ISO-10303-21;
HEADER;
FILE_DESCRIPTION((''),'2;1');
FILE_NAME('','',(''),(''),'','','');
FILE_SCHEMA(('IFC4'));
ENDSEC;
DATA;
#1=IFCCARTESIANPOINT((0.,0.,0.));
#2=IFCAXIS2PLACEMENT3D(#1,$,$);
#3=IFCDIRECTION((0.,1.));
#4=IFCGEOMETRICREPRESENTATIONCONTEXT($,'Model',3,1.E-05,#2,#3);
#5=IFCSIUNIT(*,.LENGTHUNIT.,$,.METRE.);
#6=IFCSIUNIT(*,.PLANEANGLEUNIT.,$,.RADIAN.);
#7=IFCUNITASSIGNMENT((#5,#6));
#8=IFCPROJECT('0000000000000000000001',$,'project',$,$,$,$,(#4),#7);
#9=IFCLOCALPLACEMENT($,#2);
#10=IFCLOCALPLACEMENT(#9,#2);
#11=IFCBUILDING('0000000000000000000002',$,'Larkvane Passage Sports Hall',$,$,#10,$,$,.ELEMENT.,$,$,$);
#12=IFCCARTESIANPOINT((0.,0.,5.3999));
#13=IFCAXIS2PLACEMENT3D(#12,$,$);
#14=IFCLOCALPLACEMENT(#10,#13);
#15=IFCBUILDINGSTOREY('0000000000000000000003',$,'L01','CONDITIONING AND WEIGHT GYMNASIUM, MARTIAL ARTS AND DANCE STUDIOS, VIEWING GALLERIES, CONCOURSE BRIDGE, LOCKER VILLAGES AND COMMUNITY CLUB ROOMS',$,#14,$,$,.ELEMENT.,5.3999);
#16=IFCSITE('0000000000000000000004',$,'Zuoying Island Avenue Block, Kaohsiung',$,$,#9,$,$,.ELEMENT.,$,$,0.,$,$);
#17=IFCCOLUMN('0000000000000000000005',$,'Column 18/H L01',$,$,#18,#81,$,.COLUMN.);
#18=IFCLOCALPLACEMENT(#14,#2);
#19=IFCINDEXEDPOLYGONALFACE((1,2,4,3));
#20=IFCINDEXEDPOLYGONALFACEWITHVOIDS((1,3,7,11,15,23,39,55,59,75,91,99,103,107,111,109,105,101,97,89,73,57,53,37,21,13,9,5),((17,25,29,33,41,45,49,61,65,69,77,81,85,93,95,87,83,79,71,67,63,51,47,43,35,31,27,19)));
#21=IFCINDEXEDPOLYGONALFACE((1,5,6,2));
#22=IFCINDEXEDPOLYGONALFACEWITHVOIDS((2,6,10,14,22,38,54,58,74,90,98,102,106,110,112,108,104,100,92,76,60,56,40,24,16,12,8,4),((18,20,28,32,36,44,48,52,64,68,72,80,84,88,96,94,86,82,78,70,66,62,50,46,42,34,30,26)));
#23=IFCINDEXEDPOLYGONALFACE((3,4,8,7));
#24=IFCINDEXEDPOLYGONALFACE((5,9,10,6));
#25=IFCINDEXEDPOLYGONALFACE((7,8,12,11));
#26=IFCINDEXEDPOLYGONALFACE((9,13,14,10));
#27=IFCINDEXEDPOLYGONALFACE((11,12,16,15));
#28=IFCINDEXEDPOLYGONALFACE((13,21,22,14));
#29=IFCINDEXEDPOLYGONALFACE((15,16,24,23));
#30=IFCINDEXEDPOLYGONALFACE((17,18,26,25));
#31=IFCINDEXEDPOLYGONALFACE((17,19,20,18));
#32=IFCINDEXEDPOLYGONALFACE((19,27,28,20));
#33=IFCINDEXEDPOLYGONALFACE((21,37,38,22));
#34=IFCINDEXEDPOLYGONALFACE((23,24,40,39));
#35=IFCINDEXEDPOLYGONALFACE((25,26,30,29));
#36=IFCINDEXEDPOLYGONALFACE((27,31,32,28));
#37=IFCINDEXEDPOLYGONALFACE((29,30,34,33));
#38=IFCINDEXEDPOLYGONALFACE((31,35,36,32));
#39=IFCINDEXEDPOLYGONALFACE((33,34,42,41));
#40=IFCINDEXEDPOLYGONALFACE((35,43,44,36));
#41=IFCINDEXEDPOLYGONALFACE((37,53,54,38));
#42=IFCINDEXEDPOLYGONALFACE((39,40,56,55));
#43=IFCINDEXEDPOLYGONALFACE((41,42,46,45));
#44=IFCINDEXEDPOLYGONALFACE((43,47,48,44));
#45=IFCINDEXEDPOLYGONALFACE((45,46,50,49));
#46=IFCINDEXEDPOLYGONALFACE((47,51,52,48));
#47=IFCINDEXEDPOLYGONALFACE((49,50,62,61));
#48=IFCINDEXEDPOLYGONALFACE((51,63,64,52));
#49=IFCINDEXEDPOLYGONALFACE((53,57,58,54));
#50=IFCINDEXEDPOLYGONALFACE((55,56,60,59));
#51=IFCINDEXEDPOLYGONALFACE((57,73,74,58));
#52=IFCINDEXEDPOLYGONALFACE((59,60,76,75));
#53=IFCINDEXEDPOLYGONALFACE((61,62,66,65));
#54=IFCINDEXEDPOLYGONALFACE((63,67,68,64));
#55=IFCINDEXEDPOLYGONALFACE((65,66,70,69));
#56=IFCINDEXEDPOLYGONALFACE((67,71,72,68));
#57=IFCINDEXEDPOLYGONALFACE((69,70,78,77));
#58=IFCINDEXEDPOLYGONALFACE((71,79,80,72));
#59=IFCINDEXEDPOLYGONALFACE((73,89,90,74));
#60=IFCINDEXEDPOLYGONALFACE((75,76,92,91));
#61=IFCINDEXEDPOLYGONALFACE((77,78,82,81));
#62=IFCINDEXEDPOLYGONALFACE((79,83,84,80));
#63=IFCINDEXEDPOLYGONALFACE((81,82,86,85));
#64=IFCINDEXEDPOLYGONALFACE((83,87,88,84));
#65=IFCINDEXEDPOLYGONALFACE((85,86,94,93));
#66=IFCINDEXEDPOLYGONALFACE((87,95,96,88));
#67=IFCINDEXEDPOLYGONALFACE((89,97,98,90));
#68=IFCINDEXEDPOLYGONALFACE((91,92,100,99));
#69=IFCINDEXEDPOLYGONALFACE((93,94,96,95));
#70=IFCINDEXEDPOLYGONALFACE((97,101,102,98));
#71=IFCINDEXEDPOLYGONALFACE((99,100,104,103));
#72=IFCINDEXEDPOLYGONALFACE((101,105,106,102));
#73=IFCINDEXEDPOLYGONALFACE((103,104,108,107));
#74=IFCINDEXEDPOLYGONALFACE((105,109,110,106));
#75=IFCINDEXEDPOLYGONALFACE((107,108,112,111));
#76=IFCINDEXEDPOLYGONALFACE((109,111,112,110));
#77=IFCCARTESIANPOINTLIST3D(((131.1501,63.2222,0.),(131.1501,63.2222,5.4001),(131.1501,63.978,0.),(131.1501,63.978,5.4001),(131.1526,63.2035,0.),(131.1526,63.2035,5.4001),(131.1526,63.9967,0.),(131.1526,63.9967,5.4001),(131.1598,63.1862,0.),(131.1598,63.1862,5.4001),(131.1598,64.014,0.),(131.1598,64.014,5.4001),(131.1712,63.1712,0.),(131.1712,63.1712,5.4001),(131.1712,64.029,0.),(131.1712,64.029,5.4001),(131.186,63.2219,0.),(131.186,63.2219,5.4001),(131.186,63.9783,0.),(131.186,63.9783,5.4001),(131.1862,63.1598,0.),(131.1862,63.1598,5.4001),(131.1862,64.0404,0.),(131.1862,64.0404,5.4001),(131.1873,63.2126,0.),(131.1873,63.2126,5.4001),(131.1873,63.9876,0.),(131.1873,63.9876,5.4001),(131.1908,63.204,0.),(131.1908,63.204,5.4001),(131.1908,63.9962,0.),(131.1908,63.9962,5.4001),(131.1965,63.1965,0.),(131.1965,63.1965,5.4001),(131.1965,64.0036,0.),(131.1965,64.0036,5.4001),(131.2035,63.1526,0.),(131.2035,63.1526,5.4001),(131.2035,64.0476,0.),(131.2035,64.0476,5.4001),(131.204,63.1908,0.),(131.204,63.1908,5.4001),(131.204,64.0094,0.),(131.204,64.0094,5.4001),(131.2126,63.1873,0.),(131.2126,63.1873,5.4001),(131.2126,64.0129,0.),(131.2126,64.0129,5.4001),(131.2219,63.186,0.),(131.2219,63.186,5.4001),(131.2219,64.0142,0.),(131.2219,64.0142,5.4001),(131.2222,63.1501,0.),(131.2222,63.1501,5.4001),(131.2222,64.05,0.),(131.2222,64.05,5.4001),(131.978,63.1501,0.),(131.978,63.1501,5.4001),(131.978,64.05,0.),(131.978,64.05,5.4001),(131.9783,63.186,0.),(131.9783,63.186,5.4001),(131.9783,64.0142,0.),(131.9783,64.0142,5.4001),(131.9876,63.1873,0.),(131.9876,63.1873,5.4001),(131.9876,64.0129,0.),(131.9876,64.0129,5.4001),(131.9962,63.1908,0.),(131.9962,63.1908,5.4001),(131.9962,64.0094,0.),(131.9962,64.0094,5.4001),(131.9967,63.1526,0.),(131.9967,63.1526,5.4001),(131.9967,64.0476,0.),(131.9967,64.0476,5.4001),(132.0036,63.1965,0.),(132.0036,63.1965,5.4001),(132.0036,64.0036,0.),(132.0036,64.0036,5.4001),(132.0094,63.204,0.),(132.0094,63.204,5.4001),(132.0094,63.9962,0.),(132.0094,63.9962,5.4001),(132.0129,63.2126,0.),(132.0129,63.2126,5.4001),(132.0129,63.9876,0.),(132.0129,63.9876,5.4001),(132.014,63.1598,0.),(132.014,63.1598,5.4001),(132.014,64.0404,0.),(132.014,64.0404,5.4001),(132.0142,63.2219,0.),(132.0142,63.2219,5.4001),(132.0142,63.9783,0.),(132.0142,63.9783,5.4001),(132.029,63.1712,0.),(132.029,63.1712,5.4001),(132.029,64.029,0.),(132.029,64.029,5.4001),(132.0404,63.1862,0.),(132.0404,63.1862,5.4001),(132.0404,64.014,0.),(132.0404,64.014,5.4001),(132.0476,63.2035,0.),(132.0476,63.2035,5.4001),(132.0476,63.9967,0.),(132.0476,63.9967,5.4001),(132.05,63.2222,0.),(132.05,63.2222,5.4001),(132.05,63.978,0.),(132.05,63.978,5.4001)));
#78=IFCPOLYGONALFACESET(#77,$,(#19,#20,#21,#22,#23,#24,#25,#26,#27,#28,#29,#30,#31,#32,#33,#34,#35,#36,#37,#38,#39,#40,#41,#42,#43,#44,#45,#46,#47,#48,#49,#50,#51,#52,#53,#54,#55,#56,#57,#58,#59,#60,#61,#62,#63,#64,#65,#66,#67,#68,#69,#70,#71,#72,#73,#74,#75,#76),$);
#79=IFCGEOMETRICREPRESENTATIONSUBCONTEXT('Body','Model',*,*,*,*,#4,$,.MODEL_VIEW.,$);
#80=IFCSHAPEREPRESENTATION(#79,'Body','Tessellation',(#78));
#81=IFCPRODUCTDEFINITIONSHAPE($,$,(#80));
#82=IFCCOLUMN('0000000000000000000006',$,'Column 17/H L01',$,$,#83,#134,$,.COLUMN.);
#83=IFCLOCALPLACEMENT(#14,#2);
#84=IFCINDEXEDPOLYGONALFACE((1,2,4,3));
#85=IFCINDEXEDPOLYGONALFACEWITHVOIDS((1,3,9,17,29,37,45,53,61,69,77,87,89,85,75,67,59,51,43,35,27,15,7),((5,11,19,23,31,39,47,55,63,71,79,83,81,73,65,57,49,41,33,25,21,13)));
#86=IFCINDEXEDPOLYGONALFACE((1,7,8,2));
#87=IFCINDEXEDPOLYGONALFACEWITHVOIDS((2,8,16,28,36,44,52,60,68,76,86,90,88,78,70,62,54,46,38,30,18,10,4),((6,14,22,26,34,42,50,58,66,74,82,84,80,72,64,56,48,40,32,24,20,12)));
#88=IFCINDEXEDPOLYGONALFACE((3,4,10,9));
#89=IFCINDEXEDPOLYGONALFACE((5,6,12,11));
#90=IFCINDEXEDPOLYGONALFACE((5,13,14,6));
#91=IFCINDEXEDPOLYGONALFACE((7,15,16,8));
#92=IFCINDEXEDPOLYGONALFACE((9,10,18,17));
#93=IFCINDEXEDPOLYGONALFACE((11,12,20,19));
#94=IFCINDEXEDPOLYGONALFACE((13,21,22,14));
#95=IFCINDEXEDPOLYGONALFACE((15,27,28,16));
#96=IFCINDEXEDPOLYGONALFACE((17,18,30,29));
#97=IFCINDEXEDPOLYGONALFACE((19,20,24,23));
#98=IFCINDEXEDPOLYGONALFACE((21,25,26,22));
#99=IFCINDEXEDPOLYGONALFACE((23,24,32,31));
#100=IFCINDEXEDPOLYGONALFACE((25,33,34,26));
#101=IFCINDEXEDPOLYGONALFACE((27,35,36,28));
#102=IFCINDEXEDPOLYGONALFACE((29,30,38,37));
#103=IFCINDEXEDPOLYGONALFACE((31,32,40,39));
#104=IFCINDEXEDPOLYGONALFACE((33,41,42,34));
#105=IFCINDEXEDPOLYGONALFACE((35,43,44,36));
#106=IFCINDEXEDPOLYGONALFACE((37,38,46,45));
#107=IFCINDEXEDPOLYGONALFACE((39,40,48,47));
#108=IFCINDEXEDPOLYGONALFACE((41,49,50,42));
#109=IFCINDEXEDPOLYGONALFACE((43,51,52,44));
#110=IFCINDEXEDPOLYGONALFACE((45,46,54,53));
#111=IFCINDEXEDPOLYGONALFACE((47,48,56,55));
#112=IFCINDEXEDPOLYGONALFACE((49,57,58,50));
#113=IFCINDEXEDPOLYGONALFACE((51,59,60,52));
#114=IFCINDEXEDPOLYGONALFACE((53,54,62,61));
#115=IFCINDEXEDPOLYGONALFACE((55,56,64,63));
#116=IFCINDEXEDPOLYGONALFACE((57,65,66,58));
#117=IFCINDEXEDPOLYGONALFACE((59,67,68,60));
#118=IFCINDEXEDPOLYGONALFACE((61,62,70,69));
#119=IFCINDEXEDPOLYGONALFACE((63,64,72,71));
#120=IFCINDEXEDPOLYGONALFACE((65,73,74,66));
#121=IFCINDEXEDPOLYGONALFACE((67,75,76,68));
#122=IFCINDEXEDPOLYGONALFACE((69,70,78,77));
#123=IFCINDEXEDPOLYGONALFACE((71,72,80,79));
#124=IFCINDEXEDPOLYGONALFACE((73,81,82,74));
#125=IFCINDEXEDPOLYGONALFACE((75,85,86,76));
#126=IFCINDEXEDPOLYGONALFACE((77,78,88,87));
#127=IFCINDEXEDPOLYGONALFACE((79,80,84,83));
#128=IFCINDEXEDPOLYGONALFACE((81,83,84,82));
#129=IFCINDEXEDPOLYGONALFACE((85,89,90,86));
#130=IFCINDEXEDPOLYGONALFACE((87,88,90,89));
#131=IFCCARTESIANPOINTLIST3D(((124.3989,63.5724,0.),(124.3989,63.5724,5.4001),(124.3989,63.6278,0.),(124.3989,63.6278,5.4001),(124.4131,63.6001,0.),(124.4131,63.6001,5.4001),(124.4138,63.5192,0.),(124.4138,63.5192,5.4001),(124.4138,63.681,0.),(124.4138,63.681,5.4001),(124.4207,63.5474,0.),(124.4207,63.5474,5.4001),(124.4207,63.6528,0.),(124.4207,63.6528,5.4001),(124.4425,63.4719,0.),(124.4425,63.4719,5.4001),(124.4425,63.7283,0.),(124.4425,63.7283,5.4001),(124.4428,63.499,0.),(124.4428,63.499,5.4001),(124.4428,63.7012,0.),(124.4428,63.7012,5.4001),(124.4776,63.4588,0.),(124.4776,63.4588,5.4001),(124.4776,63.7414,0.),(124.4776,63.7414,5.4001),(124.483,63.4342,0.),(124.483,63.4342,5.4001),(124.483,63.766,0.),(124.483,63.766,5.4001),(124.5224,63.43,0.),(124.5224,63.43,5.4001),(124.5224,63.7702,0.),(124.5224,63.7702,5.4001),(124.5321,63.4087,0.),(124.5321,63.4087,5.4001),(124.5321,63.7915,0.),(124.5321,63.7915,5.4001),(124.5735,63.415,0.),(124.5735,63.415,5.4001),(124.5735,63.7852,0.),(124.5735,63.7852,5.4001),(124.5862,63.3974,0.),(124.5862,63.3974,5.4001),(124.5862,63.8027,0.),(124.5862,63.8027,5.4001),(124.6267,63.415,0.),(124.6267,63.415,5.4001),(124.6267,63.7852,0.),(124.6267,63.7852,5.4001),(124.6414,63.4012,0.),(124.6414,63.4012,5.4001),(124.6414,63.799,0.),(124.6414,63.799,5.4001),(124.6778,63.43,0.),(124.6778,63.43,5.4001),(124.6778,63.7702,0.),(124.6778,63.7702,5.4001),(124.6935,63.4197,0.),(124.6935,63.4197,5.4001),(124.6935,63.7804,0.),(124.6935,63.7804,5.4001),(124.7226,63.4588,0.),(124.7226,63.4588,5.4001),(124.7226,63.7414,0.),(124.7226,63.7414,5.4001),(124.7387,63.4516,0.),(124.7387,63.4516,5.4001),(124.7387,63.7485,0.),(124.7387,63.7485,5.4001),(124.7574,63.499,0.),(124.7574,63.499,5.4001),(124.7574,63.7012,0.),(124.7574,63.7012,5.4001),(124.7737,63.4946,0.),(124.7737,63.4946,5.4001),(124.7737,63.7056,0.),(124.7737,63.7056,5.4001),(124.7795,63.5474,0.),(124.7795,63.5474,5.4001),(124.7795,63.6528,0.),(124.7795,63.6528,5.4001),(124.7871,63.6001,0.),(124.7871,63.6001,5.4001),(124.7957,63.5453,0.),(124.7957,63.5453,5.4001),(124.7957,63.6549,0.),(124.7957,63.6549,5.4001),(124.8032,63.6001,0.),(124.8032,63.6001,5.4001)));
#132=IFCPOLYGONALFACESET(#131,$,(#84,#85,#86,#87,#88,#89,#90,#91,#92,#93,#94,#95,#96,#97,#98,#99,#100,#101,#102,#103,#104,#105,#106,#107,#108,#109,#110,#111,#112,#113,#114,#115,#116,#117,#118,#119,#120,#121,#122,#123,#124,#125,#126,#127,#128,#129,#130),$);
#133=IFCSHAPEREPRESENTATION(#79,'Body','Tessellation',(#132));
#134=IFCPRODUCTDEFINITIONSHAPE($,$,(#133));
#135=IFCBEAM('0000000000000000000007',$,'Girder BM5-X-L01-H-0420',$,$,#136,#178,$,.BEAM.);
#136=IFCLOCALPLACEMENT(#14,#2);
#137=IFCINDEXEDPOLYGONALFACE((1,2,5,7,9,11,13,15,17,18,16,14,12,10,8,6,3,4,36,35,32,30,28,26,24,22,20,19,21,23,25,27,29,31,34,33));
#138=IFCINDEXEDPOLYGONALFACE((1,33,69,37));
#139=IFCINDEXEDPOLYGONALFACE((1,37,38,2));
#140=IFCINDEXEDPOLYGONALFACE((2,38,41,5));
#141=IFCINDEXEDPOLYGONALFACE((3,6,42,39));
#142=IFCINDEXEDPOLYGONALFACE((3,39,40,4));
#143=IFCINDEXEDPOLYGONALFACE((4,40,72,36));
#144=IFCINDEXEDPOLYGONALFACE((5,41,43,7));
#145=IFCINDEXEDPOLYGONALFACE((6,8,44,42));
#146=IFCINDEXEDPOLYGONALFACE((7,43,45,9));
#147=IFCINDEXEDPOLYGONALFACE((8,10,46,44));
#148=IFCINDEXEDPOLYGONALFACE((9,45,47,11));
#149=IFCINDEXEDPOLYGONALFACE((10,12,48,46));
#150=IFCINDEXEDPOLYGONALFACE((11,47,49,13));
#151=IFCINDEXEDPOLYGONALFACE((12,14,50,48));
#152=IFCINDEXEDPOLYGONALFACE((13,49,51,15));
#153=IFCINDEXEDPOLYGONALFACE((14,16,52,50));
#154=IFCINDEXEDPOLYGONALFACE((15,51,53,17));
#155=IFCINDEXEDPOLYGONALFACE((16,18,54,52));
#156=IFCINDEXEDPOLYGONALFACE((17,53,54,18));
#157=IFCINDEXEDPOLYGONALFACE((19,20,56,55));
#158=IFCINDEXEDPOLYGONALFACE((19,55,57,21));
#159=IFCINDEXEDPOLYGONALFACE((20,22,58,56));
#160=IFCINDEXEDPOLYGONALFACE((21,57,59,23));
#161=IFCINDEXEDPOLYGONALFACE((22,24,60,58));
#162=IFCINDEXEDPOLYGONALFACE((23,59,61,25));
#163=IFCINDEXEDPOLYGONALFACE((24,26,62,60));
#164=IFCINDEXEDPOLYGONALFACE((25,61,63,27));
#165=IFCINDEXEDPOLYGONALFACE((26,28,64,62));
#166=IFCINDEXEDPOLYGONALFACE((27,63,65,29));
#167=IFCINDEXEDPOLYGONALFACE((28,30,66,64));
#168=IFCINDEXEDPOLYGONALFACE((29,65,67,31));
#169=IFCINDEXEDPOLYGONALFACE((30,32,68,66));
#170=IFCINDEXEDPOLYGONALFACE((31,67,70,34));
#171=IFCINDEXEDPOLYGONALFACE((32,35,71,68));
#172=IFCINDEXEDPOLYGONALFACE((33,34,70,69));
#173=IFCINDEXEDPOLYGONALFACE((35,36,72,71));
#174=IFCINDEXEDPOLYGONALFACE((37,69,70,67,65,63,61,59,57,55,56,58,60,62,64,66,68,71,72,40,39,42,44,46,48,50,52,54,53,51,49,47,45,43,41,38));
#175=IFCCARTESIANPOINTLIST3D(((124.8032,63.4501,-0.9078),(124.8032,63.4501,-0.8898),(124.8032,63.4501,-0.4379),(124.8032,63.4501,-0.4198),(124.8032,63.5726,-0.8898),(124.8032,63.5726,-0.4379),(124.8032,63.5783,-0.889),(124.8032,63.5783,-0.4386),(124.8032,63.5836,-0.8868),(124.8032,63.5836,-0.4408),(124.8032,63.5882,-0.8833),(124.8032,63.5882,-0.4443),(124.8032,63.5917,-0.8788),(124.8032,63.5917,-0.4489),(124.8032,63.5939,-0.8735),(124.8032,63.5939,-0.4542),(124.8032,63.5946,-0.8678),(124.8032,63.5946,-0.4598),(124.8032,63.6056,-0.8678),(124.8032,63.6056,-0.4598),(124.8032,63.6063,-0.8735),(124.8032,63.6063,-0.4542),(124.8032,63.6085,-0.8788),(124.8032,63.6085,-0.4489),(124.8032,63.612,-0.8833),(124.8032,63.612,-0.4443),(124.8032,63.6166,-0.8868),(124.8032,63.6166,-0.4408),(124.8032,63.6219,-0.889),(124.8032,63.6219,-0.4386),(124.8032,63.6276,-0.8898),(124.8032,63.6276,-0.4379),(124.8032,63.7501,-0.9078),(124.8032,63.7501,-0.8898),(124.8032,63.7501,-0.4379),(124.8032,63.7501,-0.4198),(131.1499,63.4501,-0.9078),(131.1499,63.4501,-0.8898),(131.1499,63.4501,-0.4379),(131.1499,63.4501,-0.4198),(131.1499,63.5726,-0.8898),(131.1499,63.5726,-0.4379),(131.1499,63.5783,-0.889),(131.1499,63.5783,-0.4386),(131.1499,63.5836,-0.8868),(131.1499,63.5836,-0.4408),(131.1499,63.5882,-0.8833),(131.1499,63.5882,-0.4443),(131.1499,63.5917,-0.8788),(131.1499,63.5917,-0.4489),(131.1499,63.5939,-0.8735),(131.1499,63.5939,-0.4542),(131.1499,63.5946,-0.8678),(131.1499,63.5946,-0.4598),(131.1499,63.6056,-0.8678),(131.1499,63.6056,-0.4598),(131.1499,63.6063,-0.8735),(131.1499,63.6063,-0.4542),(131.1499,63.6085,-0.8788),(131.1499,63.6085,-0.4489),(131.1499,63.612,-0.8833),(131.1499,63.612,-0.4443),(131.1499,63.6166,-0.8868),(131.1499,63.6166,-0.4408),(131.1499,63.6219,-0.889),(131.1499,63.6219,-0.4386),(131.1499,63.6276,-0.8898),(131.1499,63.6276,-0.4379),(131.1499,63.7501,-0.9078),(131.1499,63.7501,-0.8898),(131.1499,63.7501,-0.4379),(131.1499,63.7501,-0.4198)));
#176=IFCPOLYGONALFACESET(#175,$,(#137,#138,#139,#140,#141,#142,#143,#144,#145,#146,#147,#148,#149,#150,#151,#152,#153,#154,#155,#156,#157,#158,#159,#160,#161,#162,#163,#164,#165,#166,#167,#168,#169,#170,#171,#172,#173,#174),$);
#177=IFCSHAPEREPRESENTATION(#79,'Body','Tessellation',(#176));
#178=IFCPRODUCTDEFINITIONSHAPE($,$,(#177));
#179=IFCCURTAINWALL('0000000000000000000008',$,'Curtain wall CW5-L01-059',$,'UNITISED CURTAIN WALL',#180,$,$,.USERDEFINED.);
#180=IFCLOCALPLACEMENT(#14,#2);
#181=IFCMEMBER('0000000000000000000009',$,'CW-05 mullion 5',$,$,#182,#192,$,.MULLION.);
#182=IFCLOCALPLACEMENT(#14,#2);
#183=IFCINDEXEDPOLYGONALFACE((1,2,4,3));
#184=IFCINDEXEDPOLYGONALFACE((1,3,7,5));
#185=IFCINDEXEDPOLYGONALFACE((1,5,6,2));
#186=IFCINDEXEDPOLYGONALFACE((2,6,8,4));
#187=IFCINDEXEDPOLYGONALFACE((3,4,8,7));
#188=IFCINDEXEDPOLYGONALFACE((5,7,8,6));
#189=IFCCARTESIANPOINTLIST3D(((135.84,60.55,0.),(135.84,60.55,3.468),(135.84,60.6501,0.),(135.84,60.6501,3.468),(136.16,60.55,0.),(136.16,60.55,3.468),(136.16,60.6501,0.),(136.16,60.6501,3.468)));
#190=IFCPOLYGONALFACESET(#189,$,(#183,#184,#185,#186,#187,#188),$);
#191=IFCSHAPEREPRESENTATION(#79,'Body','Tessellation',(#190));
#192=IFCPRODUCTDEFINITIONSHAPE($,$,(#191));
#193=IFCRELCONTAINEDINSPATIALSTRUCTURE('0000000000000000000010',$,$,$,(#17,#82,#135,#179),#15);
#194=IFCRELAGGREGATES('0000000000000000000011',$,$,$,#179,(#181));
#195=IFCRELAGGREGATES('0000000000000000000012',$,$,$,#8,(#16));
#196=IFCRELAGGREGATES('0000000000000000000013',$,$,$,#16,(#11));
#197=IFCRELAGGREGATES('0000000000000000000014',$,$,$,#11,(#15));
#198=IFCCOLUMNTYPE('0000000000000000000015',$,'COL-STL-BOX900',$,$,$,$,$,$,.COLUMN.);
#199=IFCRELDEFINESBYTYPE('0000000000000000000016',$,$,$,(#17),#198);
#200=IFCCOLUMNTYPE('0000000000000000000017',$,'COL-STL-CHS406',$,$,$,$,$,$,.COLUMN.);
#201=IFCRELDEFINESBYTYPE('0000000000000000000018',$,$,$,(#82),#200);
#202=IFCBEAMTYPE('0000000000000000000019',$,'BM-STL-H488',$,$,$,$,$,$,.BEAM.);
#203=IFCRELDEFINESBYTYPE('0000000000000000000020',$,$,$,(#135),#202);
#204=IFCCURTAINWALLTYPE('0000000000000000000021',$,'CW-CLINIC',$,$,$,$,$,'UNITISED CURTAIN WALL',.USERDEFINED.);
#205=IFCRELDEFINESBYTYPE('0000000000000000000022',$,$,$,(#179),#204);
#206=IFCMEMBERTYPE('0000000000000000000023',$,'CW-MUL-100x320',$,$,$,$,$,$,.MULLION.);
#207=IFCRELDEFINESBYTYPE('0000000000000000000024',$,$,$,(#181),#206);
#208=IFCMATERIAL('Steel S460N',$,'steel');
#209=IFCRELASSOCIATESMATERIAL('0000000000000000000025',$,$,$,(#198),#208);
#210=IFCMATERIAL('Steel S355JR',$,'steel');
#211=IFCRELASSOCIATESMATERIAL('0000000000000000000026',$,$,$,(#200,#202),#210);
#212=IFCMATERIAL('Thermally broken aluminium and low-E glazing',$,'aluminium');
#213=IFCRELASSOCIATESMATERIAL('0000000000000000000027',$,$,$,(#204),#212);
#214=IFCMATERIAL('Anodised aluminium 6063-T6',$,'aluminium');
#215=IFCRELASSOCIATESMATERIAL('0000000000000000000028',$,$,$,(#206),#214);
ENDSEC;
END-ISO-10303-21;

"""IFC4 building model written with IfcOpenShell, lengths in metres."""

from ifc_helpers import new_model, si_unit, direction, frame, origin, origin_2d, place, context, subcontext, project, spatial, rectangle, hollow_rectangle, hollow_circle, i_section, extrude, material, material_profile, profile_set, type_object, element, aggregate, save


model = new_model("IFC4")

# Units and contexts
model_context = context("Model", 3, precision=1e-05, world=origin(), true_north=direction((0.0, 1.0)))
body_context = subcontext(model_context, "Body", "Model", "MODEL_VIEW")
ifc_project = project(units=[si_unit("LENGTHUNIT", "METRE"), si_unit("PLANEANGLEUNIT", "RADIAN")], contexts=[model_context])

# Site, building, storey
site_placement = place(None, origin())
site = spatial("IfcSite", under=ifc_project, at=site_placement, Name="Zuoying Island Avenue Block, Kaohsiung", CompositionType="ELEMENT", RefElevation=0.0)
building_placement = place(site_placement, origin())
building = spatial("IfcBuilding", under=site, at=building_placement, Name="Larkvane Passage Sports Hall", CompositionType="ELEMENT")
storey_placement = place(building_placement, frame((0.0, 0.0, 5.3999)))
storey = spatial("IfcBuildingStorey", under=building, at=storey_placement, Name="L01", Description="CONDITIONING AND WEIGHT GYMNASIUM, MARTIAL ARTS AND DANCE STUDIOS, VIEWING GALLERIES, CONCOURSE BRIDGE, LOCKER VILLAGES AND COMMUNITY CLUB ROOMS", CompositionType="ELEMENT", Elevation=5.3999)

# Columns
ifc_material_1 = material(Name="Steel S460N", Category="steel")
ifc_material_profile_1 = material_profile(ifc_material_1, hollow_rectangle(XDim=0.8999, YDim=0.8999, WallThickness=0.0359, InnerFilletRadius=0.0359, OuterFilletRadius=0.072, at=origin_2d()), Name="BOX-900x900x36")
ifc_profile_set_1 = profile_set([ifc_material_profile_1], Name="Steel S460N")
column_type_1 = type_object("IfcColumnType", Name="COL-STL-BOX900", PredefinedType="COLUMN", material=ifc_profile_set_1)
column_1_placement = place(storey_placement, frame((131.6001, 63.6001, 0.0), z_axis=(0.0, 0.0, 1.0), x_axis=(1.0, 0.0, 0.0)))
element("IfcColumn", 1, at=column_1_placement, inside=storey, type_object=column_type_1, Name="Column 18/H L01", PredefinedType="COLUMN", context=body_context, shape_type="SweptSolid", body=[
    extrude(hollow_rectangle(XDim=0.8999, YDim=0.8999, WallThickness=0.0359, InnerFilletRadius=0.0359, OuterFilletRadius=0.072, at=origin_2d()), origin(), (0.0, 0.0, 1.0), 5.4001),
])
ifc_material_2 = material(Name="Steel S355JR", Category="steel")
ifc_material_profile_2 = material_profile(ifc_material_2, hollow_circle(Radius=0.2031, WallThickness=0.0161, at=origin_2d()), Name="CHS-406.4x16.0")
ifc_profile_set_2 = profile_set([ifc_material_profile_2], Name="Steel S355JR")
column_type_2 = type_object("IfcColumnType", Name="COL-STL-CHS406", PredefinedType="COLUMN", material=ifc_profile_set_2)
column_2_placement = place(storey_placement, frame((124.6001, 63.6001, 0.0), z_axis=(0.0, 0.0, 1.0), x_axis=(1.0, 0.0, 0.0)))
element("IfcColumn", 2, at=column_2_placement, inside=storey, type_object=column_type_2, Name="Column 17/H L01", PredefinedType="COLUMN", context=body_context, shape_type="SweptSolid", body=[
    extrude(hollow_circle(Radius=0.2031, WallThickness=0.0161, at=origin_2d()), origin(), (0.0, 0.0, 1.0), 5.4001),
])

# Beam
ifc_material_profile_3 = material_profile(ifc_material_2, i_section(OverallWidth=0.3, OverallDepth=0.488, WebThickness=0.011, FlangeThickness=0.0181, FilletRadius=0.022, at=origin_2d()), Name="H-488x300x11x18")
ifc_profile_set_3 = profile_set([ifc_material_profile_3], Name="Steel S355JR")
beam_type_1 = type_object("IfcBeamType", Name="BM-STL-H488", PredefinedType="BEAM", material=ifc_profile_set_3)
beam_1_placement = place(storey_placement, frame((124.8032, 63.6001, -0.6638), z_axis=(1.0, 0.0, 0.0), x_axis=(0.0, 1.0, 0.0)))
element("IfcBeam", 3, at=beam_1_placement, inside=storey, type_object=beam_type_1, Name="Girder BM5-X-L01-H-0420", PredefinedType="BEAM", context=body_context, shape_type="SweptSolid", body=[
    extrude(i_section(OverallWidth=0.3, OverallDepth=0.488, WebThickness=0.011, FlangeThickness=0.0181, FilletRadius=0.022, at=origin_2d()), origin(), (0.0, 0.0, 1.0), 6.3467),
])

# Curtain wall, member
ifc_material_3 = material(Name="Thermally broken aluminium and low-E glazing", Category="aluminium")
curtain_wall_type = type_object("IfcCurtainWallType", Name="CW-CLINIC", ElementType="UNITISED CURTAIN WALL", PredefinedType="USERDEFINED", material=ifc_material_3)
curtain_wall_placement = place(storey_placement, origin())
curtain_wall = element("IfcCurtainWall", 4, at=curtain_wall_placement, inside=storey, type_object=curtain_wall_type, Name="Curtain wall CW5-L01-059", ObjectType="UNITISED CURTAIN WALL", PredefinedType="USERDEFINED")
ifc_material_4 = material(Name="Anodised aluminium 6063-T6", Category="aluminium")
ifc_material_profile_4 = material_profile(ifc_material_4, rectangle(XDim=0.1001, YDim=0.3201, at=origin_2d()), Name="ALU-MUL-100x320")
ifc_profile_set_4 = profile_set([ifc_material_profile_4], Name="Anodised aluminium 6063-T6")
member_type_1 = type_object("IfcMemberType", Name="CW-MUL-100x320", PredefinedType="MULLION", material=ifc_profile_set_4)
member_1_placement = place(storey_placement, frame((136.0, 60.6001, 0.0), z_axis=(0.0, 0.0, 1.0), x_axis=(0.0, -1.0, 0.0)))
member_1 = element("IfcMember", 5, at=member_1_placement, type_object=member_type_1, Name="CW-05 mullion 5", PredefinedType="MULLION", context=body_context, shape_type="SweptSolid", body=[
    extrude(rectangle(XDim=0.1001, YDim=0.3201, at=origin_2d()), origin(), (0.0, 0.0, 1.0), 3.468),
])

aggregate(curtain_wall, [member_1])

save(model, "model.ifc")
